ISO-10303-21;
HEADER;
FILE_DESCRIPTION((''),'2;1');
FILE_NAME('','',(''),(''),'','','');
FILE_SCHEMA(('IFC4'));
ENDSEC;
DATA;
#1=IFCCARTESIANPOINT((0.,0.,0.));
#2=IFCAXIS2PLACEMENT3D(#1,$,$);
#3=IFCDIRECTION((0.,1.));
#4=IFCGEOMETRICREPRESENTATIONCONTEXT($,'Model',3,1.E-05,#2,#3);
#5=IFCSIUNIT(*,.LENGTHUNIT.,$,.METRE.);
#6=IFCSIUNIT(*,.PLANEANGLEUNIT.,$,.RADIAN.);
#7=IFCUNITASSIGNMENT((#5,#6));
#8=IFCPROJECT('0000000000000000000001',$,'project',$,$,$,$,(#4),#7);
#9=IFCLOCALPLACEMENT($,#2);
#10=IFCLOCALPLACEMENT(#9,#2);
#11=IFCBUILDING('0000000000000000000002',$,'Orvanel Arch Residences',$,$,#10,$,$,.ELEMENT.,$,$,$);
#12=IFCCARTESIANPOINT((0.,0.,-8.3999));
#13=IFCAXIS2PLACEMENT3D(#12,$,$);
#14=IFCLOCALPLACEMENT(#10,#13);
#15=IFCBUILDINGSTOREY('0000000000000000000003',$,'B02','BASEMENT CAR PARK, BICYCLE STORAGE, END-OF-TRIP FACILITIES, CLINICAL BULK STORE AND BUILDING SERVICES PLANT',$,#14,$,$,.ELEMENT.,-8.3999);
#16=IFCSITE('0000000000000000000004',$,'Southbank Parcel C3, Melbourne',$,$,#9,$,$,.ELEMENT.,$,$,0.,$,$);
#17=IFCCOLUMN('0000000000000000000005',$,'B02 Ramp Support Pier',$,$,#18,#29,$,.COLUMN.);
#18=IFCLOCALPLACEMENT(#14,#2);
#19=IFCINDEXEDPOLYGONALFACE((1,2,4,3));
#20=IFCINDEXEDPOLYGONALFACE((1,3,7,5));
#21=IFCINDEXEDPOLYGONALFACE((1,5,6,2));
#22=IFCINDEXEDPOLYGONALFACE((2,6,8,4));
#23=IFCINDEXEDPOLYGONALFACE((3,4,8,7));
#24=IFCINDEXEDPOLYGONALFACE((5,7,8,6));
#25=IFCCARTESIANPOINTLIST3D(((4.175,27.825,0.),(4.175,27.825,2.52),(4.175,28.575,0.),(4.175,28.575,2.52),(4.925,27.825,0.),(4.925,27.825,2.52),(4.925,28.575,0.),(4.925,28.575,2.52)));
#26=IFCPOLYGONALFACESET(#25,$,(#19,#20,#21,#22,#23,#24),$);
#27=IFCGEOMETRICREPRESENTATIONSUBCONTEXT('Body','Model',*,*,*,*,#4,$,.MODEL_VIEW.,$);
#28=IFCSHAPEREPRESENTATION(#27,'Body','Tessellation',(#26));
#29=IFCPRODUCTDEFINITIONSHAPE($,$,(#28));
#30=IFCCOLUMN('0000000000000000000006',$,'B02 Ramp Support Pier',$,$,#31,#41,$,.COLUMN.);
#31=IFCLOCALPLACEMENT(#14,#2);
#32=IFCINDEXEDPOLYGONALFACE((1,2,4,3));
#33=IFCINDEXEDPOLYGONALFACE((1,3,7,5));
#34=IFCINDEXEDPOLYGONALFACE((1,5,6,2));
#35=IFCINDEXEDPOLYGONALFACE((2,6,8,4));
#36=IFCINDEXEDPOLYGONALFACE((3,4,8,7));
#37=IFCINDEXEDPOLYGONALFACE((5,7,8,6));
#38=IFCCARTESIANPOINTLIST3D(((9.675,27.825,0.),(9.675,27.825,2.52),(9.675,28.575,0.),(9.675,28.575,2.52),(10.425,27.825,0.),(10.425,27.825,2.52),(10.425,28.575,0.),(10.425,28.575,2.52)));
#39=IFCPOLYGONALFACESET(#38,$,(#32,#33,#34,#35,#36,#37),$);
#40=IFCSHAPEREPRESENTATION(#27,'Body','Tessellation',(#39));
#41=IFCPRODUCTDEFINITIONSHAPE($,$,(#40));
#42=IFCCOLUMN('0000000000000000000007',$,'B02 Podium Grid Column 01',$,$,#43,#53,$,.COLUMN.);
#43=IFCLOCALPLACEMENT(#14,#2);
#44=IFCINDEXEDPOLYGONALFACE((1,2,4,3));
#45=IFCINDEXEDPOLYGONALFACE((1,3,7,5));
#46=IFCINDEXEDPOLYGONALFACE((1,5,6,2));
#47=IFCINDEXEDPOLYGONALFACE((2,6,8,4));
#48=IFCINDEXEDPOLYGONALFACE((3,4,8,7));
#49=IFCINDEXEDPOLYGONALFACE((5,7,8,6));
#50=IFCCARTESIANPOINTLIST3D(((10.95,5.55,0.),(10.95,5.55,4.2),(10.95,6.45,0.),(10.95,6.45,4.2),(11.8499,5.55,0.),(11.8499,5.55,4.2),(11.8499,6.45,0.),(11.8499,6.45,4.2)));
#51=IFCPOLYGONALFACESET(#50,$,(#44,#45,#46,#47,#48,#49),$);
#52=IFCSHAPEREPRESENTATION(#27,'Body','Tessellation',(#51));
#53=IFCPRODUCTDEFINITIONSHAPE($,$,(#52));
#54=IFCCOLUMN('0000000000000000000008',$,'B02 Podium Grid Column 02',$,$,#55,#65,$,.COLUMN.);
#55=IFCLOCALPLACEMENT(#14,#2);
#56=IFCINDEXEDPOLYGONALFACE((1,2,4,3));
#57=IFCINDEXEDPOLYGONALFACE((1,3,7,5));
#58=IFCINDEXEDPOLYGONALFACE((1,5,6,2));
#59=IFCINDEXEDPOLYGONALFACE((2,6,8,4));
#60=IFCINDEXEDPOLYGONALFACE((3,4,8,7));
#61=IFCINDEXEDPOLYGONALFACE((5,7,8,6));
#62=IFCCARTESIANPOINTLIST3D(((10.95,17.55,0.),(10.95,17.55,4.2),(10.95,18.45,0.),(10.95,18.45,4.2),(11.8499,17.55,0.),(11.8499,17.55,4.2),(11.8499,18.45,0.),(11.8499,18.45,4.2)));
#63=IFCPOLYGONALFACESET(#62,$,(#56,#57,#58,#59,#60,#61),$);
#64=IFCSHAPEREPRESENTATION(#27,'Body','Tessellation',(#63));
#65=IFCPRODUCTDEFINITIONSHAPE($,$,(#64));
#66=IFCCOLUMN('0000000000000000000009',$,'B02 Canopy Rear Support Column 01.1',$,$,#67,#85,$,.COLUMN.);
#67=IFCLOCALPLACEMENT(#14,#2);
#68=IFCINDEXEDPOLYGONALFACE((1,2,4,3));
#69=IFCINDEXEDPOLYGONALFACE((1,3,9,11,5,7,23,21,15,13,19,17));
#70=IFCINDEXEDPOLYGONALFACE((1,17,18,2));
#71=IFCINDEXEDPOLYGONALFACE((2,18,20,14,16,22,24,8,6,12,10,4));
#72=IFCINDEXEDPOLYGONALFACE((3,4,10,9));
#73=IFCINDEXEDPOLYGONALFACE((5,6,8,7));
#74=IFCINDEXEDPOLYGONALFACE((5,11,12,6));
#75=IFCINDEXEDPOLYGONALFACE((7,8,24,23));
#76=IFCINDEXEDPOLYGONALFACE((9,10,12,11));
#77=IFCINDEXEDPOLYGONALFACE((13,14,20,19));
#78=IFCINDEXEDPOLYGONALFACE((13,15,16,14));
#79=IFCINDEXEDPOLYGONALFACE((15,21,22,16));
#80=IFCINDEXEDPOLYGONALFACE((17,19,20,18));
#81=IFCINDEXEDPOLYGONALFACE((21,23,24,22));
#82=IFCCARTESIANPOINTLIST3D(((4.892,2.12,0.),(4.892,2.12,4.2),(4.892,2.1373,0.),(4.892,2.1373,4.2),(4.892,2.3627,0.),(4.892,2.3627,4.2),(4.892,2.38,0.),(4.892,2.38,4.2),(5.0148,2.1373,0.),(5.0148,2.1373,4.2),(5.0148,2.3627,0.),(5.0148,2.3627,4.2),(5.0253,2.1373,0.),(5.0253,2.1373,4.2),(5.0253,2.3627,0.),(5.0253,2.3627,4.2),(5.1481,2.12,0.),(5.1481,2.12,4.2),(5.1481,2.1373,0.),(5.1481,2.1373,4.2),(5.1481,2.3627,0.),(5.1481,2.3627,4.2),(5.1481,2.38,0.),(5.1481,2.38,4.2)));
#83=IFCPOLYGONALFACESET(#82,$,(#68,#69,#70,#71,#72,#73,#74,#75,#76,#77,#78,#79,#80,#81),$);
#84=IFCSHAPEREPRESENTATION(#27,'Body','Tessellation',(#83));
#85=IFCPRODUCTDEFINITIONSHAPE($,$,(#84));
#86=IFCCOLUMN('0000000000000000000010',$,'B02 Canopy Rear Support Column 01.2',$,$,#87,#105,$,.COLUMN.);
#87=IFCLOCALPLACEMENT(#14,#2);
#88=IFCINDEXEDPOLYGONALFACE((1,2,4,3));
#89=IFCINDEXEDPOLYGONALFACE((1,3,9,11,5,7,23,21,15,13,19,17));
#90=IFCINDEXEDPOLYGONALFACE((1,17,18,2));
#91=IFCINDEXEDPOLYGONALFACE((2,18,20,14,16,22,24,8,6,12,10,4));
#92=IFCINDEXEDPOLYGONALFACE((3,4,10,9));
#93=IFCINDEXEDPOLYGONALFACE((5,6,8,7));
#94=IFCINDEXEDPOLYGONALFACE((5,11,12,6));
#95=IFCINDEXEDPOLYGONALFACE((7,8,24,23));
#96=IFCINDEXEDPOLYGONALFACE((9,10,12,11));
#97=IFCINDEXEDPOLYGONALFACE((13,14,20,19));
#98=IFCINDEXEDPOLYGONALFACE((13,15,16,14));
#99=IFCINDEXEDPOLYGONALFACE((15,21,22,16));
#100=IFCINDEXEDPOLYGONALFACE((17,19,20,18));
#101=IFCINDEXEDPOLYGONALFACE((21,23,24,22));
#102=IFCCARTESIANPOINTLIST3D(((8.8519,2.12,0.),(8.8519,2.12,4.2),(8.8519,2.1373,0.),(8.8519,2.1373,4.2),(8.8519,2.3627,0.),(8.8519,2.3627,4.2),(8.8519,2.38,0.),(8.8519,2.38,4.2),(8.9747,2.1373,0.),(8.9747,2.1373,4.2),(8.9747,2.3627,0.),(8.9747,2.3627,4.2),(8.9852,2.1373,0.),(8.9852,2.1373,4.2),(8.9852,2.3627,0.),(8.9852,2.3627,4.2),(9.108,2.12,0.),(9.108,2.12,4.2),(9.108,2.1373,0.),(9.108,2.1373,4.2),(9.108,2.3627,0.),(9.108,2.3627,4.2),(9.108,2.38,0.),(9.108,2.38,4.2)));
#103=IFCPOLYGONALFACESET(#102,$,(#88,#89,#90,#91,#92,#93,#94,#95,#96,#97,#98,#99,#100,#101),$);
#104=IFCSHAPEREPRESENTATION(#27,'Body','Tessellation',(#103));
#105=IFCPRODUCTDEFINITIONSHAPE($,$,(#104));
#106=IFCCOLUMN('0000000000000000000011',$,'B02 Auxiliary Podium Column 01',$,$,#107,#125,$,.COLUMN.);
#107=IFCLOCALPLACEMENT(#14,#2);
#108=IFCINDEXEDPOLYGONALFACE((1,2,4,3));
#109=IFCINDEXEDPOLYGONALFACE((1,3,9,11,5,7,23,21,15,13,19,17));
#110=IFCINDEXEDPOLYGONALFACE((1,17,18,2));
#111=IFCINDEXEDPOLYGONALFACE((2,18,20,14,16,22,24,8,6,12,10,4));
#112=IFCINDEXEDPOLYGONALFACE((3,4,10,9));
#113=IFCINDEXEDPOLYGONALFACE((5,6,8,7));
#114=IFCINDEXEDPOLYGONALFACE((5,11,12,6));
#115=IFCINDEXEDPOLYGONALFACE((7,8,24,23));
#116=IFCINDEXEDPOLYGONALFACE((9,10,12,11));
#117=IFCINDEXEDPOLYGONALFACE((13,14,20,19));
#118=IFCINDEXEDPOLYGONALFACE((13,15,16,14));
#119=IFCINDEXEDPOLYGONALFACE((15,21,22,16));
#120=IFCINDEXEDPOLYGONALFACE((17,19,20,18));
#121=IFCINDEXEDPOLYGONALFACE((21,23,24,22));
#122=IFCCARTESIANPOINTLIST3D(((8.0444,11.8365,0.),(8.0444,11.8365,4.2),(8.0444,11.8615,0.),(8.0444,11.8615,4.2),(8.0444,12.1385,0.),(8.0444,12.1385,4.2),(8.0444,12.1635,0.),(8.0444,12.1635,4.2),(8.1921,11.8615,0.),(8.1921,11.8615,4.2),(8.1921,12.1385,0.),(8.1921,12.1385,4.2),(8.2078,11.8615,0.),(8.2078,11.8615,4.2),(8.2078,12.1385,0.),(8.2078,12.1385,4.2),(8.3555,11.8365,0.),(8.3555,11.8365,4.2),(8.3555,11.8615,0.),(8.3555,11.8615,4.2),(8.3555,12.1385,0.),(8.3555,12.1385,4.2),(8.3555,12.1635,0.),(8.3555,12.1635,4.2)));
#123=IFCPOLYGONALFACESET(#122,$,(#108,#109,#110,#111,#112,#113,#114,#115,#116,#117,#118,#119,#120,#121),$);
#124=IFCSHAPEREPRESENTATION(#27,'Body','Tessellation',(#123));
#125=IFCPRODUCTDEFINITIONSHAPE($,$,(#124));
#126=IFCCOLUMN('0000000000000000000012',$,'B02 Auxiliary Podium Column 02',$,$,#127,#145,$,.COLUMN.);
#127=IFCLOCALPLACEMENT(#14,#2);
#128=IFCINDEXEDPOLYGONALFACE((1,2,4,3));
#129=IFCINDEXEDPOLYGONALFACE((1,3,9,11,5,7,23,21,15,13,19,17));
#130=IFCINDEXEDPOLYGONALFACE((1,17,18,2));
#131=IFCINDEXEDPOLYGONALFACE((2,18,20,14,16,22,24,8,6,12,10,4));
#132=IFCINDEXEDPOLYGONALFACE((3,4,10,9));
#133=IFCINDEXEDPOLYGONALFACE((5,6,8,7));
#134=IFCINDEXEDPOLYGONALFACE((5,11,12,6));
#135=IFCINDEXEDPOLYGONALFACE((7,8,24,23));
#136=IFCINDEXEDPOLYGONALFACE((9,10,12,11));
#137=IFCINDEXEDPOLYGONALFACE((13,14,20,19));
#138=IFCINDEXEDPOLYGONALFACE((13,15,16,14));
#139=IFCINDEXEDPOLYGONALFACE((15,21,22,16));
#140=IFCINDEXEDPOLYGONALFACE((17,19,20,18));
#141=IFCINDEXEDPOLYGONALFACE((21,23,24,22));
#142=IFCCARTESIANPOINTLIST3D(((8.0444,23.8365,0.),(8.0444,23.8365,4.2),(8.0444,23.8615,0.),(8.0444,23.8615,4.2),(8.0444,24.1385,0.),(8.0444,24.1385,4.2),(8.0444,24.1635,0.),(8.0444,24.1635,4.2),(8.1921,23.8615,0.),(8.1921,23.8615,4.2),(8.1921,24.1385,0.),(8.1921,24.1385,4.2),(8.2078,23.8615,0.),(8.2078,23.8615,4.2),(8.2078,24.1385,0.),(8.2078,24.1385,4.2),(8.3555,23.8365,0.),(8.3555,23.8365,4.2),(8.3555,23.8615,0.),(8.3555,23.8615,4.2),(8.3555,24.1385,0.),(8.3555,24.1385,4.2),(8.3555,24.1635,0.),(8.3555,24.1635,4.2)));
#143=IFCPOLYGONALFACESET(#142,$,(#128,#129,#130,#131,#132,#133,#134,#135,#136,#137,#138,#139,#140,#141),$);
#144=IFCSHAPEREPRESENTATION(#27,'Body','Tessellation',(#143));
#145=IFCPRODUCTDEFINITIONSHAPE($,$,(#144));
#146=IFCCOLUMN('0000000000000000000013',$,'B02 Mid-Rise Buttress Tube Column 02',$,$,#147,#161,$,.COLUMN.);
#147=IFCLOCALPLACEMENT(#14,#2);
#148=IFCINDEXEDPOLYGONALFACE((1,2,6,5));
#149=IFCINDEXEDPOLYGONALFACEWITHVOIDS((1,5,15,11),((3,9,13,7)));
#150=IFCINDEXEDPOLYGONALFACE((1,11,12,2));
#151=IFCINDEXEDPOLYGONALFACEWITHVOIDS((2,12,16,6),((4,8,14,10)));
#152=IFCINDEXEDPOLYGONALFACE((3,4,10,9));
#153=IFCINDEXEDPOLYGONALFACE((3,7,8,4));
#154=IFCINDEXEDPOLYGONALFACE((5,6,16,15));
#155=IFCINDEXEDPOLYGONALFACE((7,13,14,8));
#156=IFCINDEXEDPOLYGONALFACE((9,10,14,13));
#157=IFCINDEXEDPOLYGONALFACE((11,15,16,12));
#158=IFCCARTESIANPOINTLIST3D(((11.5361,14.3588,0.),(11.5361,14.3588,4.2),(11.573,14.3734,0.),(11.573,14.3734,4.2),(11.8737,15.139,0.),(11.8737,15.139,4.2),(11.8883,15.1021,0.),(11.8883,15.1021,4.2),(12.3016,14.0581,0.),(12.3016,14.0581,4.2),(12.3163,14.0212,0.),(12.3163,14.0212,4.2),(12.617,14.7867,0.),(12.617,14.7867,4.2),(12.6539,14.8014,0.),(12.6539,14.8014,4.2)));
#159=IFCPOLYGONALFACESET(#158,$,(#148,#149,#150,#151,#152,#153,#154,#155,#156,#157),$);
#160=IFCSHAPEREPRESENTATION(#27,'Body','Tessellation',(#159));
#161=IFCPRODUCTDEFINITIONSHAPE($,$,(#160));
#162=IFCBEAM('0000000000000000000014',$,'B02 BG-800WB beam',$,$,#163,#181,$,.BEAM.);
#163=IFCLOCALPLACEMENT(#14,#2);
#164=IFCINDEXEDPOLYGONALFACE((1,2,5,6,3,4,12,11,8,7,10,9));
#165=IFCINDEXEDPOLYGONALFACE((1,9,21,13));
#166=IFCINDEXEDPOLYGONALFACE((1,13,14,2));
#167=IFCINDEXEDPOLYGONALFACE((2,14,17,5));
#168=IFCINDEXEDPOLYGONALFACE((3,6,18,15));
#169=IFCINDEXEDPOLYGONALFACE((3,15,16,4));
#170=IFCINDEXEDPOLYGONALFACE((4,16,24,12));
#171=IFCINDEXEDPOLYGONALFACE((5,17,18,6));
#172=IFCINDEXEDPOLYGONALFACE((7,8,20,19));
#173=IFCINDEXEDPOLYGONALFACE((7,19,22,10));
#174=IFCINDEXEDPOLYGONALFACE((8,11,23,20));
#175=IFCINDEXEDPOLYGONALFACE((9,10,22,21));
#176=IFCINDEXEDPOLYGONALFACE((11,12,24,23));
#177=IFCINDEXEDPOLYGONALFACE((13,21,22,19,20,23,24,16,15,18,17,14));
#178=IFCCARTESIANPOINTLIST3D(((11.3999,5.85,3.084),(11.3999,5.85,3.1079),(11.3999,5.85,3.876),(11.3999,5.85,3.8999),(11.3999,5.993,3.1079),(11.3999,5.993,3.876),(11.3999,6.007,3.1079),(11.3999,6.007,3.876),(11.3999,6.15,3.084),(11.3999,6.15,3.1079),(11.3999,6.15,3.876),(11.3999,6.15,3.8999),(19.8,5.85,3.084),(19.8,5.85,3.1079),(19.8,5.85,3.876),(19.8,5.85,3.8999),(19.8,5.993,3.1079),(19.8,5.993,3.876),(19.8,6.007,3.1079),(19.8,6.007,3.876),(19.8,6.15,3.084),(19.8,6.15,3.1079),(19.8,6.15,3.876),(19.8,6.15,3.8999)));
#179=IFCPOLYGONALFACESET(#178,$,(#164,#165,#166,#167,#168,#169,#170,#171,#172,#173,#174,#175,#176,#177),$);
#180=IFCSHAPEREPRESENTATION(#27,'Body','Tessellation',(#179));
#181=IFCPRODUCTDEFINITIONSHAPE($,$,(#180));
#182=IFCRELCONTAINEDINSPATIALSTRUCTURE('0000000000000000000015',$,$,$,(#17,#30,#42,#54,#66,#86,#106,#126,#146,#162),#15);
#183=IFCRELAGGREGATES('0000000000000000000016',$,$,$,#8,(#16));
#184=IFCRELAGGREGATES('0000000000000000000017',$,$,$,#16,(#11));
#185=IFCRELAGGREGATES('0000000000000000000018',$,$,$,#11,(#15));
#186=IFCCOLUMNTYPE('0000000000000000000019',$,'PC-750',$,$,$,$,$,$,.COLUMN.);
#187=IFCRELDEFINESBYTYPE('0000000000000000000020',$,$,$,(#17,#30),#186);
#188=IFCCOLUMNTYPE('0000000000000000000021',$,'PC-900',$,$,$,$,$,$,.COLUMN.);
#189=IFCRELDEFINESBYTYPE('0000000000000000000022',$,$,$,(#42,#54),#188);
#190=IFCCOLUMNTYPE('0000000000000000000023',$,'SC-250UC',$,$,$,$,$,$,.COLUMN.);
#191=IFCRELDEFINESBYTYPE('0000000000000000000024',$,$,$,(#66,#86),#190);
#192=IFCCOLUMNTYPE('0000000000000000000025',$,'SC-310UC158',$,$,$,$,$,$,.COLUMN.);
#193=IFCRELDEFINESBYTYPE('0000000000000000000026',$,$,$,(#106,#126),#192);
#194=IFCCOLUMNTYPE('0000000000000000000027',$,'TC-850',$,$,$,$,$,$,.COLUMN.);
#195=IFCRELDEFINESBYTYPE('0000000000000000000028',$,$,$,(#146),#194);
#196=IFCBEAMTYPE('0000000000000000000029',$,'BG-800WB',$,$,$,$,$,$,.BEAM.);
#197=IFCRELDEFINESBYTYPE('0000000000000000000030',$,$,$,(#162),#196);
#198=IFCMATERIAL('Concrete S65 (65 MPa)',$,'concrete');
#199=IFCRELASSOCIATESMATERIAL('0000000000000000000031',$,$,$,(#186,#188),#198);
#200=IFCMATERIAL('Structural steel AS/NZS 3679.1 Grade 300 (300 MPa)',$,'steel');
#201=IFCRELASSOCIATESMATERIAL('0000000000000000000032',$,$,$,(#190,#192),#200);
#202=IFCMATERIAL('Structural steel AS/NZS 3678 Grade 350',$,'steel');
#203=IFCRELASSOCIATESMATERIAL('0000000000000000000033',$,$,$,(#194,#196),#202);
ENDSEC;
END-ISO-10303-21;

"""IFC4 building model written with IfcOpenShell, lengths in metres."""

from ifc_helpers import new_model, si_unit, direction, frame, origin, origin_2d, place, context, subcontext, project, spatial, rectangle, hollow_rectangle, i_section, extrude, material, material_profile, profile_set, type_object, element, save


model = new_model("IFC4")

# Units and contexts
model_context = context("Model", 3, precision=1e-05, world=origin(), true_north=direction((0.0, 1.0)))
body_context = subcontext(model_context, "Body", "Model", "MODEL_VIEW")
ifc_project = project(units=[si_unit("LENGTHUNIT", "METRE"), si_unit("PLANEANGLEUNIT", "RADIAN")], contexts=[model_context])

# Site, building, storey
site_placement = place(None, origin())
site = spatial("IfcSite", under=ifc_project, at=site_placement, Name="Southbank Parcel C3, Melbourne", CompositionType="ELEMENT", RefElevation=0.0)
building_placement = place(site_placement, origin())
building = spatial("IfcBuilding", under=site, at=building_placement, Name="Orvanel Arch Residences", CompositionType="ELEMENT")
storey_placement = place(building_placement, frame((0.0, 0.0, -8.3999)))
storey = spatial("IfcBuildingStorey", under=building, at=storey_placement, Name="B02", Description="BASEMENT CAR PARK, BICYCLE STORAGE, END-OF-TRIP FACILITIES, CLINICAL BULK STORE AND BUILDING SERVICES PLANT", CompositionType="ELEMENT", Elevation=-8.3999)

# Columns
ifc_material_1 = material(Name="Concrete S65 (65 MPa)", Category="concrete")
ifc_material_profile_1 = material_profile(ifc_material_1, rectangle(XDim=0.75, YDim=0.75, at=origin_2d()), Name="RC750x750")
ifc_profile_set_1 = profile_set([ifc_material_profile_1], Name="Concrete S65 (65 MPa)")
column_type_1 = type_object("IfcColumnType", Name="PC-750", PredefinedType="COLUMN", material=ifc_profile_set_1)
for number, where, z_axis, x_axis, name in (
    (1, (4.55, 28.2, 0.0), (0.0, 0.0, 1.0), (1.0, 0.0, 0.0), "B02 Ramp Support Pier"),
    (2, (10.05, 28.2, 0.0), (0.0, 0.0, 1.0), (1.0, 0.0, 0.0), "B02 Ramp Support Pier"),
):
    element("IfcColumn", number, at=place(storey_placement, frame(where, z_axis=z_axis, x_axis=x_axis)), inside=storey, type_object=column_type_1, Name=name, PredefinedType="COLUMN", context=body_context, shape_type="SweptSolid", body=[
        extrude(rectangle(XDim=0.75, YDim=0.75, at=origin_2d()), origin(), (0.0, 0.0, 1.0), 2.52),
    ])
ifc_material_profile_2 = material_profile(ifc_material_1, rectangle(XDim=0.8999, YDim=0.8999, at=origin_2d()), Name="RC900x900")
ifc_profile_set_2 = profile_set([ifc_material_profile_2], Name="Concrete S65 (65 MPa)")
column_type_2 = type_object("IfcColumnType", Name="PC-900", PredefinedType="COLUMN", material=ifc_profile_set_2)
for number, where, z_axis, x_axis, name in (
    (3, (11.3999, 6.0, 0.0), (0.0, 0.0, 1.0), (1.0, 0.0, 0.0), "B02 Podium Grid Column 01"),
    (4, (11.3999, 18.0, 0.0), (0.0, 0.0, 1.0), (1.0, 0.0, 0.0), "B02 Podium Grid Column 02"),
):
    element("IfcColumn", number, at=place(storey_placement, frame(where, z_axis=z_axis, x_axis=x_axis)), inside=storey, type_object=column_type_2, Name=name, PredefinedType="COLUMN", context=body_context, shape_type="SweptSolid", body=[
        extrude(rectangle(XDim=0.8999, YDim=0.8999, at=origin_2d()), origin(), (0.0, 0.0, 1.0), 4.2),
    ])
ifc_material_2 = material(Name="Structural steel AS/NZS 3679.1 Grade 300 (300 MPa)", Category="steel")
ifc_material_profile_3 = material_profile(ifc_material_2, i_section(OverallWidth=0.2561, OverallDepth=0.26, WebThickness=0.0105, FlangeThickness=0.0173, at=origin_2d()), Name="250UC89.5")
ifc_profile_set_3 = profile_set([ifc_material_profile_3], Name="Structural steel AS/NZS 3679.1 Grade 300 (300 MPa)")
column_type_3 = type_object("IfcColumnType", Name="SC-250UC", PredefinedType="COLUMN", material=ifc_profile_set_3)
for number, where, z_axis, x_axis, name in (
    (5, (5.02, 2.25, 0.0), (0.0, 0.0, 1.0), (1.0, 0.0, 0.0), "B02 Canopy Rear Support Column 01.1"),
    (6, (8.98, 2.25, 0.0), (0.0, 0.0, 1.0), (1.0, 0.0, 0.0), "B02 Canopy Rear Support Column 01.2"),
):
    element("IfcColumn", number, at=place(storey_placement, frame(where, z_axis=z_axis, x_axis=x_axis)), inside=storey, type_object=column_type_3, Name=name, PredefinedType="COLUMN", context=body_context, shape_type="SweptSolid", body=[
        extrude(i_section(OverallWidth=0.2561, OverallDepth=0.26, WebThickness=0.0105, FlangeThickness=0.0173, at=origin_2d()), origin(), (0.0, 0.0, 1.0), 4.2),
    ])
ifc_material_profile_4 = material_profile(ifc_material_2, i_section(OverallWidth=0.311, OverallDepth=0.3269, WebThickness=0.0156, FlangeThickness=0.0249, at=origin_2d()), Name="310UC158")
ifc_profile_set_4 = profile_set([ifc_material_profile_4], Name="Structural steel AS/NZS 3679.1 Grade 300 (300 MPa)")
column_type_4 = type_object("IfcColumnType", Name="SC-310UC158", PredefinedType="COLUMN", material=ifc_profile_set_4)
for number, where, z_axis, x_axis, name in (
    (7, (8.2, 12.0, 0.0), (0.0, 0.0, 1.0), (1.0, 0.0, 0.0), "B02 Auxiliary Podium Column 01"),
    (8, (8.2, 24.0, 0.0), (0.0, 0.0, 1.0), (1.0, 0.0, 0.0), "B02 Auxiliary Podium Column 02"),
):
    element("IfcColumn", number, at=place(storey_placement, frame(where, z_axis=z_axis, x_axis=x_axis)), inside=storey, type_object=column_type_4, Name=name, PredefinedType="COLUMN", context=body_context, shape_type="SweptSolid", body=[
        extrude(i_section(OverallWidth=0.311, OverallDepth=0.3269, WebThickness=0.0156, FlangeThickness=0.0249, at=origin_2d()), origin(), (0.0, 0.0, 1.0), 4.2),
    ])
ifc_material_3 = material(Name="Structural steel AS/NZS 3678 Grade 350", Category="steel")
ifc_material_profile_5 = material_profile(ifc_material_3, hollow_rectangle(XDim=0.8501, YDim=0.8501, WallThickness=0.0281, at=origin_2d()), Name="BOX850x850x28")
ifc_profile_set_5 = profile_set([ifc_material_profile_5], Name="Structural steel AS/NZS 3678 Grade 350")
column_type_5 = type_object("IfcColumnType", Name="TC-850", PredefinedType="COLUMN", material=ifc_profile_set_5)
column_placement = place(storey_placement, frame((12.095, 14.5801, 0.0), z_axis=(0.0, 0.0, 1.0), x_axis=(0.397148, 0.917755, 0.0)))
element("IfcColumn", 9, at=column_placement, inside=storey, type_object=column_type_5, Name="B02 Mid-Rise Buttress Tube Column 02", PredefinedType="COLUMN", context=body_context, shape_type="SweptSolid", body=[
    extrude(hollow_rectangle(XDim=0.8501, YDim=0.8501, WallThickness=0.0281, at=origin_2d()), origin(), (0.0, 0.0, 1.0), 4.2),
])

# Beam
ifc_material_profile_6 = material_profile(ifc_material_3, i_section(OverallWidth=0.3, OverallDepth=0.8159, WebThickness=0.0139, FlangeThickness=0.0239, at=origin_2d()), Name="800WB192")
ifc_profile_set_6 = profile_set([ifc_material_profile_6], Name="Structural steel AS/NZS 3678 Grade 350")
beam_type_1 = type_object("IfcBeamType", Name="BG-800WB", PredefinedType="BEAM", material=ifc_profile_set_6)
for number, where, z_axis, x_axis, name in (
    (10, (11.3999, 6.0, 3.4919), (1.0, 0.0, 0.0), (0.0, 1.0, 0.0), "B02 BG-800WB beam"),
):
    element("IfcBeam", number, at=place(storey_placement, frame(where, z_axis=z_axis, x_axis=x_axis)), inside=storey, type_object=beam_type_1, Name=name, PredefinedType="BEAM", context=body_context, shape_type="SweptSolid", body=[
        extrude(i_section(OverallWidth=0.3, OverallDepth=0.8159, WebThickness=0.0139, FlangeThickness=0.0239, at=origin_2d()), origin(), (0.0, 0.0, 1.0), 8.4001),
    ])

save(model, "model.ifc")
